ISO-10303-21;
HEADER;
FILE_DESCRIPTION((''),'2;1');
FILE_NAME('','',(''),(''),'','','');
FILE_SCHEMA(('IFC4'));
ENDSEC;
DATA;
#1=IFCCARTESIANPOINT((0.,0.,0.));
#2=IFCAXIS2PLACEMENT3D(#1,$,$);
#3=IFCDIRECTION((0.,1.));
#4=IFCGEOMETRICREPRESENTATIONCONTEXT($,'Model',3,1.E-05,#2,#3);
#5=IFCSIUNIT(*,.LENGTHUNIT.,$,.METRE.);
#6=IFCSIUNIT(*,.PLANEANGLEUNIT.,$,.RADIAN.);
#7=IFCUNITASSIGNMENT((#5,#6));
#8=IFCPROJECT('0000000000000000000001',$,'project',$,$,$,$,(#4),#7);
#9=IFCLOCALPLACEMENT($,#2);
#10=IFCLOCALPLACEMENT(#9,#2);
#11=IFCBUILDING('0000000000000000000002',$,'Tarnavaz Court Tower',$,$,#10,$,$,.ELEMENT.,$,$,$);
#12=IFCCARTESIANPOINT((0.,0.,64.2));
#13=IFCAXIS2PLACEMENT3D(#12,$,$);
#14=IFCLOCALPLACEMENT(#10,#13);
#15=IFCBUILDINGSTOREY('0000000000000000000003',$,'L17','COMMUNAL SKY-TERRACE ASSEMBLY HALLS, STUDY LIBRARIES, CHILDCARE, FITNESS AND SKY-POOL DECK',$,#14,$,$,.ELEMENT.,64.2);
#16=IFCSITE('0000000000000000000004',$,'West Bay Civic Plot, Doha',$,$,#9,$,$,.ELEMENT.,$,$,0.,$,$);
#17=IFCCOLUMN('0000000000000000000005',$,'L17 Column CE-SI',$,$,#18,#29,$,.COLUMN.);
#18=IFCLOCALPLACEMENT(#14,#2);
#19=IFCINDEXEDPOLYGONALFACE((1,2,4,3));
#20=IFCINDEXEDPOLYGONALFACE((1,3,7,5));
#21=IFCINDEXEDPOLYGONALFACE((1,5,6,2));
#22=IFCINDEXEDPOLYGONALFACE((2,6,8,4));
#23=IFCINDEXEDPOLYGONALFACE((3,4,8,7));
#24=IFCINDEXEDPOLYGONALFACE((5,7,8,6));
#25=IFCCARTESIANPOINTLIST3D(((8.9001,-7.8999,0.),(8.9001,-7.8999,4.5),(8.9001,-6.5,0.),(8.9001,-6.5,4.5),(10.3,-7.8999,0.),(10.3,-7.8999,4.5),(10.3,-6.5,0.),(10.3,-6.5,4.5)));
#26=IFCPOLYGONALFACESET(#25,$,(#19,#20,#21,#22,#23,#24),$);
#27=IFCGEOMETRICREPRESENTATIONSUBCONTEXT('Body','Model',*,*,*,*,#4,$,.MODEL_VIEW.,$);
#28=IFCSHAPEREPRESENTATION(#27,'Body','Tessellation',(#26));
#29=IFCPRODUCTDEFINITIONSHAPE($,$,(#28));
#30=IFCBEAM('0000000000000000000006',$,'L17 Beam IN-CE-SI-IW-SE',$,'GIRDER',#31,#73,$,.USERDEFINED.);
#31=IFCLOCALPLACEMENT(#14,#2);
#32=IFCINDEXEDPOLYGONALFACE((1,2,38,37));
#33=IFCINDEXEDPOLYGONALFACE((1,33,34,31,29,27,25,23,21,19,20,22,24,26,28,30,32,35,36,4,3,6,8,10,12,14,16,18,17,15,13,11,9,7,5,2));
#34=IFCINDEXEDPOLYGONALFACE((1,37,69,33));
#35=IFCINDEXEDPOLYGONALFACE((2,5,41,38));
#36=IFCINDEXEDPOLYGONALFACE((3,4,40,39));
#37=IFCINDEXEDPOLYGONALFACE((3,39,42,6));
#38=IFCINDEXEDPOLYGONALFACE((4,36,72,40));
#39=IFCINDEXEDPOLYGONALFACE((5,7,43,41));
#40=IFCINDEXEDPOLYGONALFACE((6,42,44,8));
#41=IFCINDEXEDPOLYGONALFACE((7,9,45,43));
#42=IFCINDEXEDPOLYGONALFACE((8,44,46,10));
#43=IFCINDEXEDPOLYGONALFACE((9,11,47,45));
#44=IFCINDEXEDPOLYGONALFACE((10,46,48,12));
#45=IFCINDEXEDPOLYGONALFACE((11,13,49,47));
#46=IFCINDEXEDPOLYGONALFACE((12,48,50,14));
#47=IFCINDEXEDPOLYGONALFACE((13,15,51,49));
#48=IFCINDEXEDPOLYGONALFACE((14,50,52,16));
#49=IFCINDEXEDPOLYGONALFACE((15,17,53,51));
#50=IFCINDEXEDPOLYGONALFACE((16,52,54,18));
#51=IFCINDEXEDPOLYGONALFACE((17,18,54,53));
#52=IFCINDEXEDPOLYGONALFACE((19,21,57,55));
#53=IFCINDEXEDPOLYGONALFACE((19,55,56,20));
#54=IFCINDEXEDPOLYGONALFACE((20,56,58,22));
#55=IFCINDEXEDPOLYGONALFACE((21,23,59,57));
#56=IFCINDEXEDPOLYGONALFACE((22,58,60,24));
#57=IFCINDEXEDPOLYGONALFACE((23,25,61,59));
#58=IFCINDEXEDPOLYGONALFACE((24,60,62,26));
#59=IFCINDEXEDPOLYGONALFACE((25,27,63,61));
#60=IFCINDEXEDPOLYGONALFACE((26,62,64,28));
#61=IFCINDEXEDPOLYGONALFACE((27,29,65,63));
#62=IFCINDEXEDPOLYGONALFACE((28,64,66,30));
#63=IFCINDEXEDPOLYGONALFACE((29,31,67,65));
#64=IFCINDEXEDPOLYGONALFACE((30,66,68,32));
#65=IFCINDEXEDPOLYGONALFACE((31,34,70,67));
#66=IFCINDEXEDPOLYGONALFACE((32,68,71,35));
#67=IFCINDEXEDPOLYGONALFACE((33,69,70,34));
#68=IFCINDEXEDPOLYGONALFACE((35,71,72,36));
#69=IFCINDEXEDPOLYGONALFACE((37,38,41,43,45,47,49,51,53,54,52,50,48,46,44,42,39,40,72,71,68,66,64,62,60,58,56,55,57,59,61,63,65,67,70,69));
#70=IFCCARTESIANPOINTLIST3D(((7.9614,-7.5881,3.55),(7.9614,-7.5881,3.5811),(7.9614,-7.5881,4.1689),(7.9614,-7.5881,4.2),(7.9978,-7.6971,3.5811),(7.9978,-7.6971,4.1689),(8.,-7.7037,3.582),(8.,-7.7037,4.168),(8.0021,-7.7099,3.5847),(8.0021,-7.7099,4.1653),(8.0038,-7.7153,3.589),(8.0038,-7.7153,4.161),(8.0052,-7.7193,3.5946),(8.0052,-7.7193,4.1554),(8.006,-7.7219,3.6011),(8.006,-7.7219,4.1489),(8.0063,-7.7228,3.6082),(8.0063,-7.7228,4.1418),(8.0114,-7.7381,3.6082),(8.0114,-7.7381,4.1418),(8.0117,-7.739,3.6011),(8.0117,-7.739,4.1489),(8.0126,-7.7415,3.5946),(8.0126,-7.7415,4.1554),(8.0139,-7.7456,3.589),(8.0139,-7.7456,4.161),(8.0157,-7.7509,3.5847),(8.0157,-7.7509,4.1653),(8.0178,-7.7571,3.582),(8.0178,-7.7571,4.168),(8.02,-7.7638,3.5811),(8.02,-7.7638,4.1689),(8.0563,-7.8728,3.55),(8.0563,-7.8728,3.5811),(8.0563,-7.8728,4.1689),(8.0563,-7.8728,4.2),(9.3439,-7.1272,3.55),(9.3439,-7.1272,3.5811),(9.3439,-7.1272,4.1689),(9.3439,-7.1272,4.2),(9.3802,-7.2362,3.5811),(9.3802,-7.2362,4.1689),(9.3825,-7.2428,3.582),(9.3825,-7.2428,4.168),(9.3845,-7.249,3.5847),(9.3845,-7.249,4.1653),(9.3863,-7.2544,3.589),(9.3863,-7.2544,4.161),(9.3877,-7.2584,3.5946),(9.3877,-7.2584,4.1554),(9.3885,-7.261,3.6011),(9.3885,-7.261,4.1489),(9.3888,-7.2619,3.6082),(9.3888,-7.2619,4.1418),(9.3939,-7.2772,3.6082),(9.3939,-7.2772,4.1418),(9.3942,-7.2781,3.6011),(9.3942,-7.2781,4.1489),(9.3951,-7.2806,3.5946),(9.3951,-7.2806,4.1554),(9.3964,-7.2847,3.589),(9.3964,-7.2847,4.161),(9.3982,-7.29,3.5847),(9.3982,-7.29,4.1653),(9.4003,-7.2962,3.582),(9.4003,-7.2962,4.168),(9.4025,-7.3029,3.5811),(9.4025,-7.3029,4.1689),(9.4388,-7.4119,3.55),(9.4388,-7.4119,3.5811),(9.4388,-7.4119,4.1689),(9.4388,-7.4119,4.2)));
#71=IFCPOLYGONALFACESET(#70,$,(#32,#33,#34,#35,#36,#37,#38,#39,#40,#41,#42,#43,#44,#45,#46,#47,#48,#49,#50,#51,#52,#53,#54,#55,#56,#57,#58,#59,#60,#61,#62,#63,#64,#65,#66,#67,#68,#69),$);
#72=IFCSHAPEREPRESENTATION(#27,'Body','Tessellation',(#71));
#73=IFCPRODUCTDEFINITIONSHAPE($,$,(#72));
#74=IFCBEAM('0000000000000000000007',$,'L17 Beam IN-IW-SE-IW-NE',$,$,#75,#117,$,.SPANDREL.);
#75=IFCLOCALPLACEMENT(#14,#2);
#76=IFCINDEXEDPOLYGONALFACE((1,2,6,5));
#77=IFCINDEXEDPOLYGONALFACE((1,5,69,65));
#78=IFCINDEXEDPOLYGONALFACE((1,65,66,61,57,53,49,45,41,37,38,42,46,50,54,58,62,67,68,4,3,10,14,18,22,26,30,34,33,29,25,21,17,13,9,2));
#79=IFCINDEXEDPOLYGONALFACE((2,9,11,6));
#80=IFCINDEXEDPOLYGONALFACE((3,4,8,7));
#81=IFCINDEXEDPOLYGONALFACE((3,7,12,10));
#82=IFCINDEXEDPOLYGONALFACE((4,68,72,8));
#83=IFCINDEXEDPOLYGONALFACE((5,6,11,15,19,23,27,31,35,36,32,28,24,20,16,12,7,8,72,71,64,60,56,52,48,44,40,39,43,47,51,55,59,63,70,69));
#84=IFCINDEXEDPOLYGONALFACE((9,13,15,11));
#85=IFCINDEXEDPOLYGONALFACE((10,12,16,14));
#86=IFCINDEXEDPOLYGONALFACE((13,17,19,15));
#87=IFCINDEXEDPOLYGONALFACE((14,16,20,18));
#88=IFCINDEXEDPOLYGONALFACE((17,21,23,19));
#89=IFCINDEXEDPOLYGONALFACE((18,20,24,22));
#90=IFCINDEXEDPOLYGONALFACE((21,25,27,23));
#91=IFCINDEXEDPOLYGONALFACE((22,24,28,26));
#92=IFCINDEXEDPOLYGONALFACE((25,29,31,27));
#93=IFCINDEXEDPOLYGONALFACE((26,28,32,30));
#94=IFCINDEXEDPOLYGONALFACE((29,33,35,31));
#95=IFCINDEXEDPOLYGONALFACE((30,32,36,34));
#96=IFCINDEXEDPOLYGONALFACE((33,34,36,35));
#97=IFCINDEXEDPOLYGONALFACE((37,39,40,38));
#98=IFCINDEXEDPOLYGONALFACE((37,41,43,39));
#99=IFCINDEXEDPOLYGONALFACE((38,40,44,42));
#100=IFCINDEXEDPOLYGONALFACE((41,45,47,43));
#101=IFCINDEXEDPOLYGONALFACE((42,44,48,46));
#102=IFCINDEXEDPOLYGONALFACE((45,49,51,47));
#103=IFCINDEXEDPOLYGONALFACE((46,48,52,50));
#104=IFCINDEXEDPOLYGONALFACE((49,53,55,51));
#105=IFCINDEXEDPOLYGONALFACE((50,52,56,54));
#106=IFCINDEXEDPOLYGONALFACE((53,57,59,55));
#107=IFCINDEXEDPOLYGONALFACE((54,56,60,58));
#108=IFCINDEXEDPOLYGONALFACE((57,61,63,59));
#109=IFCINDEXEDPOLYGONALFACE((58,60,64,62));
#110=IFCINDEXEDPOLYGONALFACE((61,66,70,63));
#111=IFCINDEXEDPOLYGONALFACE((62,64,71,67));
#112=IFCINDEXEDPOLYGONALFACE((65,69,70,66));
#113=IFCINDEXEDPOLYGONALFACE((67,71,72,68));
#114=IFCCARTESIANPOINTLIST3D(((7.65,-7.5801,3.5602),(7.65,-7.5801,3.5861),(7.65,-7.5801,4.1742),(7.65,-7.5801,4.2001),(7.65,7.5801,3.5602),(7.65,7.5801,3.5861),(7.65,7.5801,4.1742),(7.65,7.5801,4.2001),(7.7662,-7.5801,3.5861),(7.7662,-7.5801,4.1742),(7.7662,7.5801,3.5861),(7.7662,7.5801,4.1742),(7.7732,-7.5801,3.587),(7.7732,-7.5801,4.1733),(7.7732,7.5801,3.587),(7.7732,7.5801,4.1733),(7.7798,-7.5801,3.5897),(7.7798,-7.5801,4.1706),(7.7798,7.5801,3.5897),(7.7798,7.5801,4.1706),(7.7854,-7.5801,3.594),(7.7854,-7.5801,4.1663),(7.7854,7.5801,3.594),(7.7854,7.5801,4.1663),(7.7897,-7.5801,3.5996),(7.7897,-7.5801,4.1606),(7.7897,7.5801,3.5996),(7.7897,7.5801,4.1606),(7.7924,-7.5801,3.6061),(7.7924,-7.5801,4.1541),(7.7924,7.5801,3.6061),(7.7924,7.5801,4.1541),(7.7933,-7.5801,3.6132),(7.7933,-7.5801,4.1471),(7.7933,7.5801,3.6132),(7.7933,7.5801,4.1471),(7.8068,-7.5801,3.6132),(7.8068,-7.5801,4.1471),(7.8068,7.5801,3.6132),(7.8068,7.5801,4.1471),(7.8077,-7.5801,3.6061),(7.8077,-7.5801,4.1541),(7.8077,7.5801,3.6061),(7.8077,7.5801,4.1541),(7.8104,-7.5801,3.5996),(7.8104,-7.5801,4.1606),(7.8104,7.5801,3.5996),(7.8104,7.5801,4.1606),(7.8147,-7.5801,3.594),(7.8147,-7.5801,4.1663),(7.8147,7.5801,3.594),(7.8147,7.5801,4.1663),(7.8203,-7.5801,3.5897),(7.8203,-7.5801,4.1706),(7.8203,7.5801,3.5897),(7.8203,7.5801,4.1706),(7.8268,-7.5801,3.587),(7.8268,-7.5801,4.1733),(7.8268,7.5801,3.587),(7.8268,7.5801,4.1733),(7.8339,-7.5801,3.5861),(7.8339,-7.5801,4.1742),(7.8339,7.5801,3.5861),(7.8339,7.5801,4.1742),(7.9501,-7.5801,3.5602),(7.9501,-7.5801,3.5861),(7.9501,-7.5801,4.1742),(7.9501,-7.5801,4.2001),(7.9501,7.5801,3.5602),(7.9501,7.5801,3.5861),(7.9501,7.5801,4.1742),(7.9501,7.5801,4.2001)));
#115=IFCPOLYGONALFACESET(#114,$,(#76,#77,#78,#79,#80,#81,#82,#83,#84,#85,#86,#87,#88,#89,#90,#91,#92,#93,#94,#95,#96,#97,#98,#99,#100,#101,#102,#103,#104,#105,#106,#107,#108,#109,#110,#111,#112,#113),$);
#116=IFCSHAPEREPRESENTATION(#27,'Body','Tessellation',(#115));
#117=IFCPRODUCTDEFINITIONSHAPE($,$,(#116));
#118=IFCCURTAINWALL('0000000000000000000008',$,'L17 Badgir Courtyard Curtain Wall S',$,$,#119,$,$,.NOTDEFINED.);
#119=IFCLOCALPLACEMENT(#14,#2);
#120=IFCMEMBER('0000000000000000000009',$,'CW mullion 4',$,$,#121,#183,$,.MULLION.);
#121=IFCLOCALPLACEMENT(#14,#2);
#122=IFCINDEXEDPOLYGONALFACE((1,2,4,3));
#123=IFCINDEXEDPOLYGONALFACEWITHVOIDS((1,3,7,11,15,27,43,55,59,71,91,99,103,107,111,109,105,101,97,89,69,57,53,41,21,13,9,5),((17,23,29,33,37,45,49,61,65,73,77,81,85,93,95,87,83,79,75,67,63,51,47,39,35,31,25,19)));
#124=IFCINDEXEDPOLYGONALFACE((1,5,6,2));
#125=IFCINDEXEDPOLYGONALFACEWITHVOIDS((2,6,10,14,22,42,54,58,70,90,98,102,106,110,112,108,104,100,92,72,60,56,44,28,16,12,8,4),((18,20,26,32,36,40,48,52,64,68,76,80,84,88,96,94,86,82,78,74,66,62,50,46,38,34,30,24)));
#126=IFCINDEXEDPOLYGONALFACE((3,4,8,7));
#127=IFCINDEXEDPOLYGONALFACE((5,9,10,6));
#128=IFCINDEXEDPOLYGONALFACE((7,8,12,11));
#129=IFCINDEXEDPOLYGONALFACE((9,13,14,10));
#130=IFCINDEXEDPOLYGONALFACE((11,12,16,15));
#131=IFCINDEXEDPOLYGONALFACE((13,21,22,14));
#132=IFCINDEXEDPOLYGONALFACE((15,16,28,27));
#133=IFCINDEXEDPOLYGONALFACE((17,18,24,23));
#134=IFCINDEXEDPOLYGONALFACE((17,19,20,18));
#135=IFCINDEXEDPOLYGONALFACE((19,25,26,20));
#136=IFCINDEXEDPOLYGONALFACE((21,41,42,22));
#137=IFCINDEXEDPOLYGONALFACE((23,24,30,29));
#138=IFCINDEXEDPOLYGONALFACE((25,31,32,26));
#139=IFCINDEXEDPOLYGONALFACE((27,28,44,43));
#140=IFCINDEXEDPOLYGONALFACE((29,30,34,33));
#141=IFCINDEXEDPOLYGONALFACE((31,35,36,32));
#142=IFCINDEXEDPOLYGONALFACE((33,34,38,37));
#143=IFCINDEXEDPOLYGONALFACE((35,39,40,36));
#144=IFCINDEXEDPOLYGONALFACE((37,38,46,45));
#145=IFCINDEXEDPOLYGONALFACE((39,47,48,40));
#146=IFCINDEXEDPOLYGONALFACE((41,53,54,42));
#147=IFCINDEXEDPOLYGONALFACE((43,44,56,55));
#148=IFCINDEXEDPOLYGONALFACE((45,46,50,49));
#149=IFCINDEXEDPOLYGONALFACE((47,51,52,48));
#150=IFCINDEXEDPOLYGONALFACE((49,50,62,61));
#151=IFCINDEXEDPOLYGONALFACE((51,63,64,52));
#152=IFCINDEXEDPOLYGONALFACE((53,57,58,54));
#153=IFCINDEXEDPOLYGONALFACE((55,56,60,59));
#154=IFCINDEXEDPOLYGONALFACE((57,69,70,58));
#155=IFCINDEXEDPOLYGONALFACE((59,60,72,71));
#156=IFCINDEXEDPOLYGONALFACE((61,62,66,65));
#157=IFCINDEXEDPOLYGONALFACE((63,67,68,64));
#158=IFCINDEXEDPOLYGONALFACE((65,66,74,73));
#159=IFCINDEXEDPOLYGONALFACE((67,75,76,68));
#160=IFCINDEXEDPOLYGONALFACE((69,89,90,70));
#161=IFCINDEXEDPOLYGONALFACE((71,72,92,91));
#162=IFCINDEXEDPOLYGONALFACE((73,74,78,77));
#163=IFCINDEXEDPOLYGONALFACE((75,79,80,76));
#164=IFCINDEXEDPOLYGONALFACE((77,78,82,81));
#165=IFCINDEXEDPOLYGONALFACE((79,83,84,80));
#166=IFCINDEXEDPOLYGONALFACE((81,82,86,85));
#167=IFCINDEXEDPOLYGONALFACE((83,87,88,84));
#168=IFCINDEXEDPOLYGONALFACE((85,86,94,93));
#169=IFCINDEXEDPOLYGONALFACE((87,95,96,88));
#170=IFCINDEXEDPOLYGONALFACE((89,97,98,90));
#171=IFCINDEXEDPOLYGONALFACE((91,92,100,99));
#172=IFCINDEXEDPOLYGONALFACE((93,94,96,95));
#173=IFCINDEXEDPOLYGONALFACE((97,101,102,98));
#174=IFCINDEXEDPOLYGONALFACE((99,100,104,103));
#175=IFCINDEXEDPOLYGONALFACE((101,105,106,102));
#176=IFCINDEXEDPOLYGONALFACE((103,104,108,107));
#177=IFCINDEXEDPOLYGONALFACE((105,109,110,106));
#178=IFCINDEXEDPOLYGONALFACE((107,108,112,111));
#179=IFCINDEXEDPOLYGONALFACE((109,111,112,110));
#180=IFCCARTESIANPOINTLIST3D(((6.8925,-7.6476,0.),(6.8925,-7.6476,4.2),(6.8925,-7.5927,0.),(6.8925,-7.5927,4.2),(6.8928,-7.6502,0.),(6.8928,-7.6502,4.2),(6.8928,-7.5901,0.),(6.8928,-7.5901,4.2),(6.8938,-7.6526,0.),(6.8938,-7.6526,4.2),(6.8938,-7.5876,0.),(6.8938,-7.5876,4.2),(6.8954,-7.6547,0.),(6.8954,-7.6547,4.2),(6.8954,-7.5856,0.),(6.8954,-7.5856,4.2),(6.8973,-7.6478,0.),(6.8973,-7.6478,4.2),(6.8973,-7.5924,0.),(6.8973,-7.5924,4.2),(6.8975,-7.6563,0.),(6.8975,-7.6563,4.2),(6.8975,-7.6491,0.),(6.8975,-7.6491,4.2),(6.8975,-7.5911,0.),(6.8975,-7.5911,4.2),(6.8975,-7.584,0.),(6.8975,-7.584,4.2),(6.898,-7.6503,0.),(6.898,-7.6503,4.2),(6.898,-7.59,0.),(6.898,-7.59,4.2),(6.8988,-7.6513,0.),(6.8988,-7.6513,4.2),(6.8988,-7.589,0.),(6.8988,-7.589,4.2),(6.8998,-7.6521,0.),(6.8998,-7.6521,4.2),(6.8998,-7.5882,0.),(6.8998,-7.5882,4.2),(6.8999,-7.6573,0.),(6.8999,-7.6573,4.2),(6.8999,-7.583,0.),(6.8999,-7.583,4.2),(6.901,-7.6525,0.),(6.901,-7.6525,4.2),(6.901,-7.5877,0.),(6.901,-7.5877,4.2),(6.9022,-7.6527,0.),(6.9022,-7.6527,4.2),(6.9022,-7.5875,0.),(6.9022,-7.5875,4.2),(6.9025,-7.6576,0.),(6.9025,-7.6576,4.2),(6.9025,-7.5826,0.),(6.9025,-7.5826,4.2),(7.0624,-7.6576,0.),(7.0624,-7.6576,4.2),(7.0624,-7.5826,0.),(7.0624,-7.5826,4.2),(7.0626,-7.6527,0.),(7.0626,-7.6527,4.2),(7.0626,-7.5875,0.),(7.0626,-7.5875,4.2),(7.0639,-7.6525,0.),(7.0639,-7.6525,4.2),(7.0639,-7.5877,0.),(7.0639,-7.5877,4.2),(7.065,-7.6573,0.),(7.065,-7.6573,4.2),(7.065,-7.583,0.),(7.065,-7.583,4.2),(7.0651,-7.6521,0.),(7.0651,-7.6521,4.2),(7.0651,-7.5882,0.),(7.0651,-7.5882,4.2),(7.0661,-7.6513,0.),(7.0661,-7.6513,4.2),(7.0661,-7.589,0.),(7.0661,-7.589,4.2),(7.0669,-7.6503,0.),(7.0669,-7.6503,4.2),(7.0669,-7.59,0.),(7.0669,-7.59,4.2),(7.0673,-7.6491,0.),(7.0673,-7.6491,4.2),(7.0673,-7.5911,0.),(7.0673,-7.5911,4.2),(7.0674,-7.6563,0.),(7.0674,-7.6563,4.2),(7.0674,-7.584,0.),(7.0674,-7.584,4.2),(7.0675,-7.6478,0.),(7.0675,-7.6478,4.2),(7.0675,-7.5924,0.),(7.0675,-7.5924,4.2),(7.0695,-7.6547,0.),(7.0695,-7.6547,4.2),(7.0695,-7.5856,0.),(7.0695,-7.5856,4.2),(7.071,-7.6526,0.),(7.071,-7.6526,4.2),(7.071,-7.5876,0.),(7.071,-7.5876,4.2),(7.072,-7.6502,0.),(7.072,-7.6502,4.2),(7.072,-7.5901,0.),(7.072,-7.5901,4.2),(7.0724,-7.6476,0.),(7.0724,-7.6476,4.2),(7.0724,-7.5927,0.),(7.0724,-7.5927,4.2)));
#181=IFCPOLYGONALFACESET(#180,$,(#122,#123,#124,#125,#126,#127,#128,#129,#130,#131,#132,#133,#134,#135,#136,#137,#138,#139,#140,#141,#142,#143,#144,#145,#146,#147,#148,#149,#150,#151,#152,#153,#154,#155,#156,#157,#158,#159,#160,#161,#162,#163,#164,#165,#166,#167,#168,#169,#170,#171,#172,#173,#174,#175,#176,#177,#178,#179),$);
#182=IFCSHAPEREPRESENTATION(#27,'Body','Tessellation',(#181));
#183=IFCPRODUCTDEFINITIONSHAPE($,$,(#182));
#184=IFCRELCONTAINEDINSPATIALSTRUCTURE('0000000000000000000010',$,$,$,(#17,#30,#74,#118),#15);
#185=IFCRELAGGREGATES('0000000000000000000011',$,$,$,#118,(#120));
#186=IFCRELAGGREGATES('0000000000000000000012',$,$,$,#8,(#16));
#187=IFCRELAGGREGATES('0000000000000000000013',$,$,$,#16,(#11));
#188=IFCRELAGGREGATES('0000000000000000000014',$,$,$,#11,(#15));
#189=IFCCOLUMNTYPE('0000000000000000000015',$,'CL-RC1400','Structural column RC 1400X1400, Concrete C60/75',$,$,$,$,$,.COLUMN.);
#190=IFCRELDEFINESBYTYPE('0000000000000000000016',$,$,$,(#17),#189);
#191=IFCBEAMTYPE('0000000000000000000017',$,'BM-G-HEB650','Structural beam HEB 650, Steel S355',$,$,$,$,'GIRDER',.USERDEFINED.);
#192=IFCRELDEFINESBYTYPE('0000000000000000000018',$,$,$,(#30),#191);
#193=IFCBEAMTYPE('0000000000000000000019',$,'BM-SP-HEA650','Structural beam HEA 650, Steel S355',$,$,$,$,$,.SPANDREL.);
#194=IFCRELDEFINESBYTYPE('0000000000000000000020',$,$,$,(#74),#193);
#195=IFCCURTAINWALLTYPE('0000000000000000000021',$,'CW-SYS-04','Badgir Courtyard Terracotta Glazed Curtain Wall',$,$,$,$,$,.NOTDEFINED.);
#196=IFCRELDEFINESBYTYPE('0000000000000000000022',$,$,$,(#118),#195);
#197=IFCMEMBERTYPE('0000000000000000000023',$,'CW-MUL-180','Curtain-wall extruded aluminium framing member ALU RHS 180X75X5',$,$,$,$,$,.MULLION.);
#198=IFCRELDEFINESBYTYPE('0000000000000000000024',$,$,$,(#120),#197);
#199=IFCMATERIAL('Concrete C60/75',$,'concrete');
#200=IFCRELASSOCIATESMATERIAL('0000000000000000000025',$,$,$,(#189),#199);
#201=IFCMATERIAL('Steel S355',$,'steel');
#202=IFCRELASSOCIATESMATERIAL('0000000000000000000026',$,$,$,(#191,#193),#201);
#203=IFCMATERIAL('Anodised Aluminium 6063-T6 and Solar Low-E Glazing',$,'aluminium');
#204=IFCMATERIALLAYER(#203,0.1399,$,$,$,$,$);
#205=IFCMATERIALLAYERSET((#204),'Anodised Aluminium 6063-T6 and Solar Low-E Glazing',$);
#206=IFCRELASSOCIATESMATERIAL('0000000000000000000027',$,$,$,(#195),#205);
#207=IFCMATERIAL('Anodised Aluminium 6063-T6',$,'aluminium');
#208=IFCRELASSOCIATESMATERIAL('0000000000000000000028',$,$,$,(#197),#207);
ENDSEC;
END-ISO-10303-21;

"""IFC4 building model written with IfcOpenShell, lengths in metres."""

from ifc_helpers import new_model, si_unit, direction, frame, origin, origin_2d, place, context, subcontext, project, spatial, rectangle, hollow_rectangle, i_section, extrude, material, layer, layer_set, material_profile, profile_set, type_object, element, aggregate, save


model = new_model("IFC4")

# Units and contexts
model_context = context("Model", 3, precision=1e-05, world=origin(), true_north=direction((0.0, 1.0)))
body_context = subcontext(model_context, "Body", "Model", "MODEL_VIEW")
ifc_project = project(units=[si_unit("LENGTHUNIT", "METRE"), si_unit("PLANEANGLEUNIT", "RADIAN")], contexts=[model_context])

# Site, building, storey
site_placement = place(None, origin())
site = spatial("IfcSite", under=ifc_project, at=site_placement, Name="West Bay Civic Plot, Doha", CompositionType="ELEMENT", RefElevation=0.0)
building_placement = place(site_placement, origin())
building = spatial("IfcBuilding", under=site, at=building_placement, Name="Tarnavaz Court Tower", CompositionType="ELEMENT")
storey_placement = place(building_placement, frame((0.0, 0.0, 64.2)))
storey = spatial("IfcBuildingStorey", under=building, at=storey_placement, Name="L17", Description="COMMUNAL SKY-TERRACE ASSEMBLY HALLS, STUDY LIBRARIES, CHILDCARE, FITNESS AND SKY-POOL DECK", CompositionType="ELEMENT", Elevation=64.2)

# Column
ifc_material_1 = material(Name="Concrete C60/75", Category="concrete")
ifc_material_profile_1 = material_profile(ifc_material_1, rectangle(XDim=1.3999, YDim=1.3999, at=origin_2d()), Name="RC 1400X1400")
ifc_profile_set_1 = profile_set([ifc_material_profile_1], Name="Concrete C60/75")
column_type = type_object("IfcColumnType", Name="CL-RC1400", Description="Structural column RC 1400X1400, Concrete C60/75", PredefinedType="COLUMN", material=ifc_profile_set_1)
column_placement = place(storey_placement, frame((9.6001, -7.2, 0.0), z_axis=(0.0, 0.0, 1.0), x_axis=(1.0, 0.0, 0.0)))
element("IfcColumn", 1, at=column_placement, inside=storey, type_object=column_type, Name="L17 Column CE-SI", PredefinedType="COLUMN", context=body_context, shape_type="SweptSolid", body=[
    extrude(rectangle(XDim=1.3999, YDim=1.3999, at=origin_2d()), origin(), (0.0, 0.0, 1.0), 4.5),
])

# Beams
ifc_material_2 = material(Name="Steel S355", Category="steel")
ifc_material_profile_2 = material_profile(ifc_material_2, i_section(OverallWidth=0.3, OverallDepth=0.6499, WebThickness=0.0161, FlangeThickness=0.031, FilletRadius=0.0271, at=origin_2d()), Name="HEB 650")
ifc_profile_set_2 = profile_set([ifc_material_profile_2], Name="Steel S355")
beam_type_1 = type_object("IfcBeamType", Name="BM-G-HEB650", Description="Structural beam HEB 650, Steel S355", ElementType="GIRDER", PredefinedType="USERDEFINED", material=ifc_profile_set_2)
beam_1_placement = place(storey_placement, frame((9.3914, -7.2695, 3.875), z_axis=(-0.948667, -0.316278, 0.0), x_axis=(0.316278, -0.948667, 0.0)))
element("IfcBeam", 2, at=beam_1_placement, inside=storey, type_object=beam_type_1, Name="L17 Beam IN-CE-SI-IW-SE", ObjectType="GIRDER", PredefinedType="USERDEFINED", context=body_context, shape_type="SweptSolid", body=[
    extrude(i_section(OverallWidth=0.3, OverallDepth=0.6499, WebThickness=0.0161, FlangeThickness=0.031, FilletRadius=0.0271, at=origin_2d()), origin(), (0.0, 0.0, 1.0), 1.4573),
])
ifc_material_profile_3 = material_profile(ifc_material_2, i_section(OverallWidth=0.3, OverallDepth=0.6399, WebThickness=0.0134, FlangeThickness=0.0259, FilletRadius=0.0271, at=origin_2d()), Name="HEA 650")
ifc_profile_set_3 = profile_set([ifc_material_profile_3], Name="Steel S355")
beam_type_2 = type_object("IfcBeamType", Name="BM-SP-HEA650", Description="Structural beam HEA 650, Steel S355", PredefinedType="SPANDREL", material=ifc_profile_set_3)
beam_2_placement = place(storey_placement, frame((7.8, -7.5801, 3.8801), z_axis=(0.0, 1.0, 0.0), x_axis=(-1.0, 0.0, 0.0)))
element("IfcBeam", 3, at=beam_2_placement, inside=storey, type_object=beam_type_2, Name="L17 Beam IN-IW-SE-IW-NE", PredefinedType="SPANDREL", context=body_context, shape_type="SweptSolid", body=[
    extrude(i_section(OverallWidth=0.3, OverallDepth=0.6399, WebThickness=0.0134, FlangeThickness=0.0259, FilletRadius=0.0271, at=origin_2d()), origin(), (0.0, 0.0, 1.0), 15.1602),
])

# Curtain wall, member
ifc_material_3 = material(Name="Anodised Aluminium 6063-T6 and Solar Low-E Glazing", Category="aluminium")
ifc_layer_1 = layer(ifc_material_3, 0.1399)
ifc_layer_set_1 = layer_set([ifc_layer_1], Name="Anodised Aluminium 6063-T6 and Solar Low-E Glazing")
curtain_wall_type = type_object("IfcCurtainWallType", Name="CW-SYS-04", Description="Badgir Courtyard Terracotta Glazed Curtain Wall", PredefinedType="NOTDEFINED", material=ifc_layer_set_1)
curtain_wall_placement = place(storey_placement, origin())
curtain_wall = element("IfcCurtainWall", 4, at=curtain_wall_placement, inside=storey, type_object=curtain_wall_type, Name="L17 Badgir Courtyard Curtain Wall S", PredefinedType="NOTDEFINED")
ifc_material_4 = material(Name="Anodised Aluminium 6063-T6", Category="aluminium")
ifc_material_profile_4 = material_profile(ifc_material_4, hollow_rectangle(XDim=0.075, YDim=0.1799, WallThickness=0.0049, InnerFilletRadius=0.0049, OuterFilletRadius=0.01, at=origin_2d()), Name="ALU RHS 180X75X5")
ifc_profile_set_4 = profile_set([ifc_material_profile_4], Name="Anodised Aluminium 6063-T6")
member_type_1 = type_object("IfcMemberType", Name="CW-MUL-180", Description="Curtain-wall extruded aluminium framing member ALU RHS 180X75X5", PredefinedType="MULLION", material=ifc_profile_set_4)
member_1_placement = place(storey_placement, frame((6.9824, -7.6201, 0.0), z_axis=(0.0, 0.0, 1.0), x_axis=(0.0, 1.0, 0.0)))
member_1 = element("IfcMember", 5, at=member_1_placement, type_object=member_type_1, Name="CW mullion 4", PredefinedType="MULLION", context=body_context, shape_type="SweptSolid", body=[
    extrude(hollow_rectangle(XDim=0.075, YDim=0.1799, WallThickness=0.0049, InnerFilletRadius=0.0049, OuterFilletRadius=0.01, at=origin_2d()), origin(), (0.0, 0.0, 1.0), 4.2),
])
aggregate(curtain_wall, [member_1])

save(model, "model.ifc")
